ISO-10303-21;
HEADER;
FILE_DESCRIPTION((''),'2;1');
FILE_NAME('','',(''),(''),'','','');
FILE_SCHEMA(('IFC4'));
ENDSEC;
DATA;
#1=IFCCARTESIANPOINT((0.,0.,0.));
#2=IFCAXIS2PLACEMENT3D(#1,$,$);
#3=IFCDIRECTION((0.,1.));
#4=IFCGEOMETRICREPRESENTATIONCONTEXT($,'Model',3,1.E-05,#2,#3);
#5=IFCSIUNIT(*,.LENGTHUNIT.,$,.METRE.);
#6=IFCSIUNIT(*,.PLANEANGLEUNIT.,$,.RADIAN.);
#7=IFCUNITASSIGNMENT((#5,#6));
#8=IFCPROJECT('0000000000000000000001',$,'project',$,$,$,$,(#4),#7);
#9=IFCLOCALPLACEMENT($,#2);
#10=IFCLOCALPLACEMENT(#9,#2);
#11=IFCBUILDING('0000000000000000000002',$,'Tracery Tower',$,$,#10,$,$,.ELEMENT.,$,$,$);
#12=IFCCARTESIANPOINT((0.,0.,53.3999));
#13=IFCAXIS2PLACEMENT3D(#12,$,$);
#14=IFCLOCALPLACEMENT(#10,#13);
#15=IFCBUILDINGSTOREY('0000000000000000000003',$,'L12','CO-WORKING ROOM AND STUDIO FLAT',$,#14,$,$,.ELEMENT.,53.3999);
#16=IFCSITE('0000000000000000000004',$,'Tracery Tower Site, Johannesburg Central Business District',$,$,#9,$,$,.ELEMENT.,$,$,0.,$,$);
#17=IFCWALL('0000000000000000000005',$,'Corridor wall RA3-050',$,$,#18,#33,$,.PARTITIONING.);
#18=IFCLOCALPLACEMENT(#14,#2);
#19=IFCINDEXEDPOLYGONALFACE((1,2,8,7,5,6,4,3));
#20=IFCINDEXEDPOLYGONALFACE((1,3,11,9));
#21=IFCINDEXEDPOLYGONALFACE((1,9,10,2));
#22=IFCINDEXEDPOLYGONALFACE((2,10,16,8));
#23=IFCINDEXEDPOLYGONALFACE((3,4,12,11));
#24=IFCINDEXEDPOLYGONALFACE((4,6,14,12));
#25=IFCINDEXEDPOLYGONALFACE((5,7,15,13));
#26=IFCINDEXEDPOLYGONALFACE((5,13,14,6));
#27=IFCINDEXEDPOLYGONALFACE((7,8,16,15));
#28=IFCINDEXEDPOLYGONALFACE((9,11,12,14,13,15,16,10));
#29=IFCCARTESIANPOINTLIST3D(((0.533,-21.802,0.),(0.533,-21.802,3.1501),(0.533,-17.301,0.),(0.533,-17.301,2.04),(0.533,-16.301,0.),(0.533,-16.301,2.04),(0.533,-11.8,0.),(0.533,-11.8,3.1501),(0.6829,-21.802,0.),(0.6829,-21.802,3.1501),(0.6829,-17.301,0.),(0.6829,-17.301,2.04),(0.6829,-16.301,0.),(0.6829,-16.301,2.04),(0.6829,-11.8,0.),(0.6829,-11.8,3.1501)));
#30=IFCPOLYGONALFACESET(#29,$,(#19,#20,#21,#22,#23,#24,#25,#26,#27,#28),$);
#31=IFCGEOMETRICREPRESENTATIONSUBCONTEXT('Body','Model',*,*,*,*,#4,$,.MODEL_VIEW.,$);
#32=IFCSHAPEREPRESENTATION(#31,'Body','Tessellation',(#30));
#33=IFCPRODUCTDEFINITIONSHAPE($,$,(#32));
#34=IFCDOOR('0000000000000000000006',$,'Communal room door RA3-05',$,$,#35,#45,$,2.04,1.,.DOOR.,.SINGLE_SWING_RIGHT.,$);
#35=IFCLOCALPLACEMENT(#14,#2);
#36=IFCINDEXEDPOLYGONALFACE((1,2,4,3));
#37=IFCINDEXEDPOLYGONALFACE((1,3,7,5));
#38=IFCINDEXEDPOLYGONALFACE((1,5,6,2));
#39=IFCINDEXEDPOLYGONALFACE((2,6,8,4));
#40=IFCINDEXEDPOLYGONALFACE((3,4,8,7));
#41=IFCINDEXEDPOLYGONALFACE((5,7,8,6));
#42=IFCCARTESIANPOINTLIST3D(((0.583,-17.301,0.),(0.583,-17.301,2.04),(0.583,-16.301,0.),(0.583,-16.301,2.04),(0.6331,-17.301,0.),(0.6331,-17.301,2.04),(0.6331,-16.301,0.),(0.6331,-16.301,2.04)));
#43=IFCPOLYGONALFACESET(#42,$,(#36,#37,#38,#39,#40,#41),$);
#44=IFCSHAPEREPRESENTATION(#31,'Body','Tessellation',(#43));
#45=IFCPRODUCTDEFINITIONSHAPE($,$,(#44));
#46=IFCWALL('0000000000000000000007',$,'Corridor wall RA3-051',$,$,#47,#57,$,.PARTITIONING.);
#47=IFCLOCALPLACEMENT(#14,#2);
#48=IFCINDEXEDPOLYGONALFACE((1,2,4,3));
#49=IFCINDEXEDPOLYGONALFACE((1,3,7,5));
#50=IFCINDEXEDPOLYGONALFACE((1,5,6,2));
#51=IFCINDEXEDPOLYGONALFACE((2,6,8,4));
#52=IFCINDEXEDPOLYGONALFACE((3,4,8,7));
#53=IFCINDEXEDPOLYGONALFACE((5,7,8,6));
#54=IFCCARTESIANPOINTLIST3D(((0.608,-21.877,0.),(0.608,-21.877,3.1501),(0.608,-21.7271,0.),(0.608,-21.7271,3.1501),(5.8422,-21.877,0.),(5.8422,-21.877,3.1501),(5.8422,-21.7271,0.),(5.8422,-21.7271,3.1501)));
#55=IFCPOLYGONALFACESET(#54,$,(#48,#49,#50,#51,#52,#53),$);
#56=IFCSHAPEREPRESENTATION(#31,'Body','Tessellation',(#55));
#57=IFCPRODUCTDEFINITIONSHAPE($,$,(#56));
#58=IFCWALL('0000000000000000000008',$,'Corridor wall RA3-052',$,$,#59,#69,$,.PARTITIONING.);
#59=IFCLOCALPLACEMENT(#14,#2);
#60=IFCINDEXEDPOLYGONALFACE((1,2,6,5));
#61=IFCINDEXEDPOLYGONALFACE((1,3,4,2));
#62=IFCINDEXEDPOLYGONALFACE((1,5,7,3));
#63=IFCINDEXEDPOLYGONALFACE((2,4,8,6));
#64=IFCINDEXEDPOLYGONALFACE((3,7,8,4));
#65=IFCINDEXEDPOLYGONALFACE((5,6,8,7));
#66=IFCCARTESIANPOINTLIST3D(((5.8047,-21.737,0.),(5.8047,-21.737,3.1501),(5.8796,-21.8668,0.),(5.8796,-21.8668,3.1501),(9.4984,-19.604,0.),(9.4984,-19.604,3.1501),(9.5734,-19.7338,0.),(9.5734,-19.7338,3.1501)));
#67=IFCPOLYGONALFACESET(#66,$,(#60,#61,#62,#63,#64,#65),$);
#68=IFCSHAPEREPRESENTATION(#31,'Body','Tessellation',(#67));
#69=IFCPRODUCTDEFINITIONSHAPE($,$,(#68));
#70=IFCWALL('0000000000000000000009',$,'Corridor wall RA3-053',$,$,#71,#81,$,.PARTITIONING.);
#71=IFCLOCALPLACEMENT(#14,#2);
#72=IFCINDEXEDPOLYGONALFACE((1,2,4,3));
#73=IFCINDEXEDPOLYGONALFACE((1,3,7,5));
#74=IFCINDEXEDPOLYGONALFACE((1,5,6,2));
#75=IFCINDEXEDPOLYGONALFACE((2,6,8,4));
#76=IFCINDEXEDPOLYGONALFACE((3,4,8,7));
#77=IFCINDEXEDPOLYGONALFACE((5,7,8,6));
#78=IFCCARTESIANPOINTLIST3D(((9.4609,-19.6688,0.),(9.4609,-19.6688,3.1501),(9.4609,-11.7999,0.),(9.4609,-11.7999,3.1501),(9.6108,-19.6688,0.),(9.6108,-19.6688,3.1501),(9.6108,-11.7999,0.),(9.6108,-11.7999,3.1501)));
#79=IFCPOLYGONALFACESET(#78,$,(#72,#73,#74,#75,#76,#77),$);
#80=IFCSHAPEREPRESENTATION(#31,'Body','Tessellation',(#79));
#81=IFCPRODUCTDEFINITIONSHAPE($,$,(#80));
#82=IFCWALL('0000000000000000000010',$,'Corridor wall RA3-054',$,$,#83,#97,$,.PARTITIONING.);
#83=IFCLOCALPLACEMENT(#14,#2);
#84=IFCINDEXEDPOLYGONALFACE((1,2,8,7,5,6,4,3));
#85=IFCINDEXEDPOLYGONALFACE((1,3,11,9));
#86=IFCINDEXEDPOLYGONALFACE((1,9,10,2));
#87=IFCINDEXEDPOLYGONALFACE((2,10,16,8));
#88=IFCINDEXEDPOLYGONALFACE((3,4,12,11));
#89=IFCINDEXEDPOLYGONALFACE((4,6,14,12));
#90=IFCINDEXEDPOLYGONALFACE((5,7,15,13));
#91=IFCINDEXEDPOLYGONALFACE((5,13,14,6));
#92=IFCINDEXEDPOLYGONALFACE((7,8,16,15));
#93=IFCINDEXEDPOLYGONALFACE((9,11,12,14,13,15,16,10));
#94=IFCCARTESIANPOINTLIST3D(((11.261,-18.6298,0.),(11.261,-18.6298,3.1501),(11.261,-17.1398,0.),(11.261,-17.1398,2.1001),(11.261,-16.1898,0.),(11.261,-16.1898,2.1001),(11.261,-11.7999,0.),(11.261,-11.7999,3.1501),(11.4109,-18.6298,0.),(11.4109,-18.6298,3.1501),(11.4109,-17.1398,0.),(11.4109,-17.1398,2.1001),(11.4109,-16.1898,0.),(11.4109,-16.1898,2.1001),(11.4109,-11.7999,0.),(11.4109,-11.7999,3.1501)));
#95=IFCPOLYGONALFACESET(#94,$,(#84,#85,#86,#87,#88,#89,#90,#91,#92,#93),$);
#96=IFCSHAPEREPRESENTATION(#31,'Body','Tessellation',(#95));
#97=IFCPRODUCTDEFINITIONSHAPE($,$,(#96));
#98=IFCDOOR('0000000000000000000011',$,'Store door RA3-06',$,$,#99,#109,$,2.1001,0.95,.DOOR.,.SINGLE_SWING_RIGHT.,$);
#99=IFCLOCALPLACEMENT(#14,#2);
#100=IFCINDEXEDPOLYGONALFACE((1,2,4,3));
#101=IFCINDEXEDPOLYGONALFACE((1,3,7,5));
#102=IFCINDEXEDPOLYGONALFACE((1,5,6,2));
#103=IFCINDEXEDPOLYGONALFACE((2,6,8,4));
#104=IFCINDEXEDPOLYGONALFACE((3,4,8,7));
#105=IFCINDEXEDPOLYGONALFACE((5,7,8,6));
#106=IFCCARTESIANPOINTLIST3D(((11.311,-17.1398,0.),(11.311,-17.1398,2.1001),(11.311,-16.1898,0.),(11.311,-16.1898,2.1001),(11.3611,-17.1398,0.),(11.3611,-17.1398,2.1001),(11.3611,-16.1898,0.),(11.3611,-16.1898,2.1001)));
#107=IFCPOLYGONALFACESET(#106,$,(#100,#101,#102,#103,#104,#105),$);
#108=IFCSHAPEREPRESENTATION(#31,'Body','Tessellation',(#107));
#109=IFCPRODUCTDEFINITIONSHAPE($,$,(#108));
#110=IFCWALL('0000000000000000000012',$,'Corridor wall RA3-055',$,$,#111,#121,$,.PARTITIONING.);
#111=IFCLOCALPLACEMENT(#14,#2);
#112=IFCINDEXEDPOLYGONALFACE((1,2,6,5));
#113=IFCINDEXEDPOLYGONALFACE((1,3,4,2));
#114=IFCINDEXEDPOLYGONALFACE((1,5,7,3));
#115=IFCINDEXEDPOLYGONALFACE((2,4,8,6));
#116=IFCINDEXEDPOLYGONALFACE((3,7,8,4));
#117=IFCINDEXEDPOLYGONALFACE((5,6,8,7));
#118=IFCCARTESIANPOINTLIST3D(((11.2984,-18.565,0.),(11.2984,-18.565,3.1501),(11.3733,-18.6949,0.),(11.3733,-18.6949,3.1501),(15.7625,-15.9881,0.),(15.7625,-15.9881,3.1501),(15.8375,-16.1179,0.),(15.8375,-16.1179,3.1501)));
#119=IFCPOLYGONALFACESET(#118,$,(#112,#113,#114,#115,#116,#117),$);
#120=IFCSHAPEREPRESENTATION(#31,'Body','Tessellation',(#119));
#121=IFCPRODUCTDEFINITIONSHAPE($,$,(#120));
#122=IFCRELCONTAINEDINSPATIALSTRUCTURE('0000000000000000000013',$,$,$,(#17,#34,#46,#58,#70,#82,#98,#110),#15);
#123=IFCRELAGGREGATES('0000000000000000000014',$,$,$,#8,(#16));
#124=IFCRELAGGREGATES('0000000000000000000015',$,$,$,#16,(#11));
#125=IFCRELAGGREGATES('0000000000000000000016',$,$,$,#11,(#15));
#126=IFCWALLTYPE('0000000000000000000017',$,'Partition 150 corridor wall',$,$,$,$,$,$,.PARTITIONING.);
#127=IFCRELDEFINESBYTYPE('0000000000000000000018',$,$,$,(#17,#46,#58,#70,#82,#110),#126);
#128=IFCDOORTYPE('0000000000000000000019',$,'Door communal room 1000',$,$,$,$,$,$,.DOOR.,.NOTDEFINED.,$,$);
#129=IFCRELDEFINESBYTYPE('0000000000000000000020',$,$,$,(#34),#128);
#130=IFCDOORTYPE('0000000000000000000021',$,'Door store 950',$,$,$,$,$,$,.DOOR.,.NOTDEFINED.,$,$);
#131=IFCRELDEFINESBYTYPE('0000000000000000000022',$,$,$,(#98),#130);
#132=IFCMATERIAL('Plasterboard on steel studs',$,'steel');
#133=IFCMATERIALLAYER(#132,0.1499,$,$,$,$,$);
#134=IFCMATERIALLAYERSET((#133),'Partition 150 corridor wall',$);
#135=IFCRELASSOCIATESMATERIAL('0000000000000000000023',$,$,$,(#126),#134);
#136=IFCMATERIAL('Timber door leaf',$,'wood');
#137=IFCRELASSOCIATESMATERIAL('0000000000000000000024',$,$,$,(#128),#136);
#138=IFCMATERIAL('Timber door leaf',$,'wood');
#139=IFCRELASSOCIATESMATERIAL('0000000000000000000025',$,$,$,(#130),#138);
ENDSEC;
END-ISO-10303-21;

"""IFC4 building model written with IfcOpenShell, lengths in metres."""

from ifc_helpers import new_model, si_unit, direction, frame, frame_2d, origin, place, context, subcontext, project, spatial, rectangle, extrude, material, layer, layer_set, type_object, element, fill, save


model = new_model("IFC4")

# Units and contexts
model_context = context("Model", 3, precision=1e-05, world=origin(), true_north=direction((0.0, 1.0)))
body_context = subcontext(model_context, "Body", "Model", "MODEL_VIEW")
ifc_project = project(units=[si_unit("LENGTHUNIT", "METRE"), si_unit("PLANEANGLEUNIT", "RADIAN")], contexts=[model_context])

# Site, building, storey
site_placement = place(None, origin())
site = spatial("IfcSite", under=ifc_project, at=site_placement, Name="Tracery Tower Site, Johannesburg Central Business District", CompositionType="ELEMENT", RefElevation=0.0)
building_placement = place(site_placement, origin())
building = spatial("IfcBuilding", under=site, at=building_placement, Name="Tracery Tower", CompositionType="ELEMENT")
storey_placement = place(building_placement, frame((0.0, 0.0, 53.3999)))
storey = spatial("IfcBuildingStorey", under=building, at=storey_placement, Name="L12", Description="CO-WORKING ROOM AND STUDIO FLAT", CompositionType="ELEMENT", Elevation=53.3999)

# Shared definitions
ifc_material_1 = material(Name="Plasterboard on steel studs", Category="steel")
ifc_layer_1 = layer(ifc_material_1, 0.1499)
ifc_layer_set_1 = layer_set([ifc_layer_1], Name="Partition 150 corridor wall")
wall_type_1 = type_object("IfcWallType", Name="Partition 150 corridor wall", PredefinedType="PARTITIONING", material=ifc_layer_set_1)

# Wall, opening, door
wall_1_placement = place(storey_placement, frame((0.6079, -21.802, 0.0), z_axis=(0.0, 0.0, 1.0), x_axis=(0.0, 1.0, 0.0)))
wall_1 = element("IfcWall", 1, at=wall_1_placement, inside=storey, type_object=wall_type_1, Name="Corridor wall RA3-050", PredefinedType="PARTITIONING", context=body_context, shape_type="SweptSolid", body=[
    extrude(rectangle(XDim=10.002, YDim=0.1499, at=frame_2d((5.001, 0.0))), origin(), (0.0, 0.0, 1.0), 3.1501),
])
opening_1_placement = place(wall_1_placement, frame((4.501, 0.0, 0.0)))
opening_1 = element("IfcOpeningElement", 2, at=opening_1_placement, cuts=wall_1, PredefinedType="OPENING", context=body_context, shape_type="SweptSolid", body=[
    extrude(rectangle(XDim=1.0, YDim=2.04, at=frame_2d((0.5, 1.02))), frame((0.0, 0.075, 0.0), z_axis=(0.0, -1.0, 0.0), x_axis=(1.0, 0.0, 0.0)), (0.0, 0.0, 1.0), 0.1499),
])
ifc_material_2 = material(Name="Timber door leaf", Category="wood")
door_type_1 = type_object("IfcDoorType", Name="Door communal room 1000", OperationType="NOTDEFINED", PredefinedType="DOOR", material=ifc_material_2)
door_1_placement = place(opening_1_placement, origin())
door_1 = element("IfcDoor", 3, at=door_1_placement, inside=storey, type_object=door_type_1, Name="Communal room door RA3-05", OperationType="SINGLE_SWING_RIGHT", OverallHeight=2.04, OverallWidth=1.0, PredefinedType="DOOR", context=body_context, shape_type="SweptSolid", body=[
    extrude(rectangle(XDim=1.0, YDim=2.04, at=frame_2d((0.5, 1.02))), frame((0.0, 0.0249, 0.0), z_axis=(0.0, -1.0, 0.0), x_axis=(1.0, 0.0, 0.0)), (0.0, 0.0, 1.0), 0.05),
])
fill(opening_1, door_1)

# Walls
wall_2_placement = place(storey_placement, frame((0.6079, -21.802, 0.0), z_axis=(0.0, 0.0, 1.0), x_axis=(1.0, 0.0, 0.0)))
element("IfcWall", 4, at=wall_2_placement, inside=storey, type_object=wall_type_1, Name="Corridor wall RA3-051", PredefinedType="PARTITIONING", context=body_context, shape_type="SweptSolid", body=[
    extrude(rectangle(XDim=5.2341, YDim=0.1499, at=frame_2d((2.6172, 0.0))), origin(), (0.0, 0.0, 1.0), 3.1501),
])
wall_3_placement = place(storey_placement, frame((5.842, -21.802, 0.0), z_axis=(0.0, 0.0, 1.0), x_axis=(0.865984, 0.500073, 0.0)))
element("IfcWall", 5, at=wall_3_placement, inside=storey, type_object=wall_type_1, Name="Corridor wall RA3-052", PredefinedType="PARTITIONING", context=body_context, shape_type="SweptSolid", body=[
    extrude(rectangle(XDim=4.2654, YDim=0.1499, at=frame_2d((2.1328, 0.0))), origin(), (0.0, 0.0, 1.0), 3.1501),
])
wall_4_placement = place(storey_placement, frame((9.5359, -19.6689, 0.0), z_axis=(0.0, 0.0, 1.0), x_axis=(0.0, 1.0, 0.0)))
element("IfcWall", 6, at=wall_4_placement, inside=storey, type_object=wall_type_1, Name="Corridor wall RA3-053", PredefinedType="PARTITIONING", context=body_context, shape_type="SweptSolid", body=[
    extrude(rectangle(XDim=7.8689, YDim=0.1499, at=frame_2d((3.9346, 0.0))), origin(), (0.0, 0.0, 1.0), 3.1501),
])

# Wall, opening, door
wall_5_placement = place(storey_placement, frame((11.3359, -18.6299, 0.0), z_axis=(0.0, 0.0, 1.0), x_axis=(0.0, 1.0, 0.0)))
wall_5 = element("IfcWall", 7, at=wall_5_placement, inside=storey, type_object=wall_type_1, Name="Corridor wall RA3-054", PredefinedType="PARTITIONING", context=body_context, shape_type="SweptSolid", body=[
    extrude(rectangle(XDim=6.8298, YDim=0.1499, at=frame_2d((3.415, 0.0))), origin(), (0.0, 0.0, 1.0), 3.1501),
])
opening_2_placement = place(wall_5_placement, frame((1.49, 0.0, 0.0)))
opening_2 = element("IfcOpeningElement", 8, at=opening_2_placement, cuts=wall_5, PredefinedType="OPENING", context=body_context, shape_type="SweptSolid", body=[
    extrude(rectangle(XDim=0.95, YDim=2.1001, at=frame_2d((0.4751, 1.05))), frame((0.0, 0.075, 0.0), z_axis=(0.0, -1.0, 0.0), x_axis=(1.0, 0.0, 0.0)), (0.0, 0.0, 1.0), 0.1499),
])
ifc_material_3 = material(Name="Timber door leaf", Category="wood")
door_type_2 = type_object("IfcDoorType", Name="Door store 950", OperationType="NOTDEFINED", PredefinedType="DOOR", material=ifc_material_3)
door_2_placement = place(opening_2_placement, origin())
door_2 = element("IfcDoor", 9, at=door_2_placement, inside=storey, type_object=door_type_2, Name="Store door RA3-06", OperationType="SINGLE_SWING_RIGHT", OverallHeight=2.1001, OverallWidth=0.95, PredefinedType="DOOR", context=body_context, shape_type="SweptSolid", body=[
    extrude(rectangle(XDim=0.95, YDim=2.1001, at=frame_2d((0.4751, 1.05))), frame((0.0, 0.0249, 0.0), z_axis=(0.0, -1.0, 0.0), x_axis=(1.0, 0.0, 0.0)), (0.0, 0.0, 1.0), 0.05),
])
fill(opening_2, door_2)

# Wall
wall_6_placement = place(storey_placement, frame((11.3359, -18.6299, 0.0), z_axis=(0.0, 0.0, 1.0), x_axis=(0.866063, 0.499934, 0.0)))
element("IfcWall", 10, at=wall_6_placement, inside=storey, type_object=wall_type_1, Name="Corridor wall RA3-055", PredefinedType="PARTITIONING", context=body_context, shape_type="SweptSolid", body=[
    extrude(rectangle(XDim=5.1545, YDim=0.1499, at=frame_2d((2.5771, 0.0))), origin(), (0.0, 0.0, 1.0), 3.1501),
])

save(model, "model.ifc")
